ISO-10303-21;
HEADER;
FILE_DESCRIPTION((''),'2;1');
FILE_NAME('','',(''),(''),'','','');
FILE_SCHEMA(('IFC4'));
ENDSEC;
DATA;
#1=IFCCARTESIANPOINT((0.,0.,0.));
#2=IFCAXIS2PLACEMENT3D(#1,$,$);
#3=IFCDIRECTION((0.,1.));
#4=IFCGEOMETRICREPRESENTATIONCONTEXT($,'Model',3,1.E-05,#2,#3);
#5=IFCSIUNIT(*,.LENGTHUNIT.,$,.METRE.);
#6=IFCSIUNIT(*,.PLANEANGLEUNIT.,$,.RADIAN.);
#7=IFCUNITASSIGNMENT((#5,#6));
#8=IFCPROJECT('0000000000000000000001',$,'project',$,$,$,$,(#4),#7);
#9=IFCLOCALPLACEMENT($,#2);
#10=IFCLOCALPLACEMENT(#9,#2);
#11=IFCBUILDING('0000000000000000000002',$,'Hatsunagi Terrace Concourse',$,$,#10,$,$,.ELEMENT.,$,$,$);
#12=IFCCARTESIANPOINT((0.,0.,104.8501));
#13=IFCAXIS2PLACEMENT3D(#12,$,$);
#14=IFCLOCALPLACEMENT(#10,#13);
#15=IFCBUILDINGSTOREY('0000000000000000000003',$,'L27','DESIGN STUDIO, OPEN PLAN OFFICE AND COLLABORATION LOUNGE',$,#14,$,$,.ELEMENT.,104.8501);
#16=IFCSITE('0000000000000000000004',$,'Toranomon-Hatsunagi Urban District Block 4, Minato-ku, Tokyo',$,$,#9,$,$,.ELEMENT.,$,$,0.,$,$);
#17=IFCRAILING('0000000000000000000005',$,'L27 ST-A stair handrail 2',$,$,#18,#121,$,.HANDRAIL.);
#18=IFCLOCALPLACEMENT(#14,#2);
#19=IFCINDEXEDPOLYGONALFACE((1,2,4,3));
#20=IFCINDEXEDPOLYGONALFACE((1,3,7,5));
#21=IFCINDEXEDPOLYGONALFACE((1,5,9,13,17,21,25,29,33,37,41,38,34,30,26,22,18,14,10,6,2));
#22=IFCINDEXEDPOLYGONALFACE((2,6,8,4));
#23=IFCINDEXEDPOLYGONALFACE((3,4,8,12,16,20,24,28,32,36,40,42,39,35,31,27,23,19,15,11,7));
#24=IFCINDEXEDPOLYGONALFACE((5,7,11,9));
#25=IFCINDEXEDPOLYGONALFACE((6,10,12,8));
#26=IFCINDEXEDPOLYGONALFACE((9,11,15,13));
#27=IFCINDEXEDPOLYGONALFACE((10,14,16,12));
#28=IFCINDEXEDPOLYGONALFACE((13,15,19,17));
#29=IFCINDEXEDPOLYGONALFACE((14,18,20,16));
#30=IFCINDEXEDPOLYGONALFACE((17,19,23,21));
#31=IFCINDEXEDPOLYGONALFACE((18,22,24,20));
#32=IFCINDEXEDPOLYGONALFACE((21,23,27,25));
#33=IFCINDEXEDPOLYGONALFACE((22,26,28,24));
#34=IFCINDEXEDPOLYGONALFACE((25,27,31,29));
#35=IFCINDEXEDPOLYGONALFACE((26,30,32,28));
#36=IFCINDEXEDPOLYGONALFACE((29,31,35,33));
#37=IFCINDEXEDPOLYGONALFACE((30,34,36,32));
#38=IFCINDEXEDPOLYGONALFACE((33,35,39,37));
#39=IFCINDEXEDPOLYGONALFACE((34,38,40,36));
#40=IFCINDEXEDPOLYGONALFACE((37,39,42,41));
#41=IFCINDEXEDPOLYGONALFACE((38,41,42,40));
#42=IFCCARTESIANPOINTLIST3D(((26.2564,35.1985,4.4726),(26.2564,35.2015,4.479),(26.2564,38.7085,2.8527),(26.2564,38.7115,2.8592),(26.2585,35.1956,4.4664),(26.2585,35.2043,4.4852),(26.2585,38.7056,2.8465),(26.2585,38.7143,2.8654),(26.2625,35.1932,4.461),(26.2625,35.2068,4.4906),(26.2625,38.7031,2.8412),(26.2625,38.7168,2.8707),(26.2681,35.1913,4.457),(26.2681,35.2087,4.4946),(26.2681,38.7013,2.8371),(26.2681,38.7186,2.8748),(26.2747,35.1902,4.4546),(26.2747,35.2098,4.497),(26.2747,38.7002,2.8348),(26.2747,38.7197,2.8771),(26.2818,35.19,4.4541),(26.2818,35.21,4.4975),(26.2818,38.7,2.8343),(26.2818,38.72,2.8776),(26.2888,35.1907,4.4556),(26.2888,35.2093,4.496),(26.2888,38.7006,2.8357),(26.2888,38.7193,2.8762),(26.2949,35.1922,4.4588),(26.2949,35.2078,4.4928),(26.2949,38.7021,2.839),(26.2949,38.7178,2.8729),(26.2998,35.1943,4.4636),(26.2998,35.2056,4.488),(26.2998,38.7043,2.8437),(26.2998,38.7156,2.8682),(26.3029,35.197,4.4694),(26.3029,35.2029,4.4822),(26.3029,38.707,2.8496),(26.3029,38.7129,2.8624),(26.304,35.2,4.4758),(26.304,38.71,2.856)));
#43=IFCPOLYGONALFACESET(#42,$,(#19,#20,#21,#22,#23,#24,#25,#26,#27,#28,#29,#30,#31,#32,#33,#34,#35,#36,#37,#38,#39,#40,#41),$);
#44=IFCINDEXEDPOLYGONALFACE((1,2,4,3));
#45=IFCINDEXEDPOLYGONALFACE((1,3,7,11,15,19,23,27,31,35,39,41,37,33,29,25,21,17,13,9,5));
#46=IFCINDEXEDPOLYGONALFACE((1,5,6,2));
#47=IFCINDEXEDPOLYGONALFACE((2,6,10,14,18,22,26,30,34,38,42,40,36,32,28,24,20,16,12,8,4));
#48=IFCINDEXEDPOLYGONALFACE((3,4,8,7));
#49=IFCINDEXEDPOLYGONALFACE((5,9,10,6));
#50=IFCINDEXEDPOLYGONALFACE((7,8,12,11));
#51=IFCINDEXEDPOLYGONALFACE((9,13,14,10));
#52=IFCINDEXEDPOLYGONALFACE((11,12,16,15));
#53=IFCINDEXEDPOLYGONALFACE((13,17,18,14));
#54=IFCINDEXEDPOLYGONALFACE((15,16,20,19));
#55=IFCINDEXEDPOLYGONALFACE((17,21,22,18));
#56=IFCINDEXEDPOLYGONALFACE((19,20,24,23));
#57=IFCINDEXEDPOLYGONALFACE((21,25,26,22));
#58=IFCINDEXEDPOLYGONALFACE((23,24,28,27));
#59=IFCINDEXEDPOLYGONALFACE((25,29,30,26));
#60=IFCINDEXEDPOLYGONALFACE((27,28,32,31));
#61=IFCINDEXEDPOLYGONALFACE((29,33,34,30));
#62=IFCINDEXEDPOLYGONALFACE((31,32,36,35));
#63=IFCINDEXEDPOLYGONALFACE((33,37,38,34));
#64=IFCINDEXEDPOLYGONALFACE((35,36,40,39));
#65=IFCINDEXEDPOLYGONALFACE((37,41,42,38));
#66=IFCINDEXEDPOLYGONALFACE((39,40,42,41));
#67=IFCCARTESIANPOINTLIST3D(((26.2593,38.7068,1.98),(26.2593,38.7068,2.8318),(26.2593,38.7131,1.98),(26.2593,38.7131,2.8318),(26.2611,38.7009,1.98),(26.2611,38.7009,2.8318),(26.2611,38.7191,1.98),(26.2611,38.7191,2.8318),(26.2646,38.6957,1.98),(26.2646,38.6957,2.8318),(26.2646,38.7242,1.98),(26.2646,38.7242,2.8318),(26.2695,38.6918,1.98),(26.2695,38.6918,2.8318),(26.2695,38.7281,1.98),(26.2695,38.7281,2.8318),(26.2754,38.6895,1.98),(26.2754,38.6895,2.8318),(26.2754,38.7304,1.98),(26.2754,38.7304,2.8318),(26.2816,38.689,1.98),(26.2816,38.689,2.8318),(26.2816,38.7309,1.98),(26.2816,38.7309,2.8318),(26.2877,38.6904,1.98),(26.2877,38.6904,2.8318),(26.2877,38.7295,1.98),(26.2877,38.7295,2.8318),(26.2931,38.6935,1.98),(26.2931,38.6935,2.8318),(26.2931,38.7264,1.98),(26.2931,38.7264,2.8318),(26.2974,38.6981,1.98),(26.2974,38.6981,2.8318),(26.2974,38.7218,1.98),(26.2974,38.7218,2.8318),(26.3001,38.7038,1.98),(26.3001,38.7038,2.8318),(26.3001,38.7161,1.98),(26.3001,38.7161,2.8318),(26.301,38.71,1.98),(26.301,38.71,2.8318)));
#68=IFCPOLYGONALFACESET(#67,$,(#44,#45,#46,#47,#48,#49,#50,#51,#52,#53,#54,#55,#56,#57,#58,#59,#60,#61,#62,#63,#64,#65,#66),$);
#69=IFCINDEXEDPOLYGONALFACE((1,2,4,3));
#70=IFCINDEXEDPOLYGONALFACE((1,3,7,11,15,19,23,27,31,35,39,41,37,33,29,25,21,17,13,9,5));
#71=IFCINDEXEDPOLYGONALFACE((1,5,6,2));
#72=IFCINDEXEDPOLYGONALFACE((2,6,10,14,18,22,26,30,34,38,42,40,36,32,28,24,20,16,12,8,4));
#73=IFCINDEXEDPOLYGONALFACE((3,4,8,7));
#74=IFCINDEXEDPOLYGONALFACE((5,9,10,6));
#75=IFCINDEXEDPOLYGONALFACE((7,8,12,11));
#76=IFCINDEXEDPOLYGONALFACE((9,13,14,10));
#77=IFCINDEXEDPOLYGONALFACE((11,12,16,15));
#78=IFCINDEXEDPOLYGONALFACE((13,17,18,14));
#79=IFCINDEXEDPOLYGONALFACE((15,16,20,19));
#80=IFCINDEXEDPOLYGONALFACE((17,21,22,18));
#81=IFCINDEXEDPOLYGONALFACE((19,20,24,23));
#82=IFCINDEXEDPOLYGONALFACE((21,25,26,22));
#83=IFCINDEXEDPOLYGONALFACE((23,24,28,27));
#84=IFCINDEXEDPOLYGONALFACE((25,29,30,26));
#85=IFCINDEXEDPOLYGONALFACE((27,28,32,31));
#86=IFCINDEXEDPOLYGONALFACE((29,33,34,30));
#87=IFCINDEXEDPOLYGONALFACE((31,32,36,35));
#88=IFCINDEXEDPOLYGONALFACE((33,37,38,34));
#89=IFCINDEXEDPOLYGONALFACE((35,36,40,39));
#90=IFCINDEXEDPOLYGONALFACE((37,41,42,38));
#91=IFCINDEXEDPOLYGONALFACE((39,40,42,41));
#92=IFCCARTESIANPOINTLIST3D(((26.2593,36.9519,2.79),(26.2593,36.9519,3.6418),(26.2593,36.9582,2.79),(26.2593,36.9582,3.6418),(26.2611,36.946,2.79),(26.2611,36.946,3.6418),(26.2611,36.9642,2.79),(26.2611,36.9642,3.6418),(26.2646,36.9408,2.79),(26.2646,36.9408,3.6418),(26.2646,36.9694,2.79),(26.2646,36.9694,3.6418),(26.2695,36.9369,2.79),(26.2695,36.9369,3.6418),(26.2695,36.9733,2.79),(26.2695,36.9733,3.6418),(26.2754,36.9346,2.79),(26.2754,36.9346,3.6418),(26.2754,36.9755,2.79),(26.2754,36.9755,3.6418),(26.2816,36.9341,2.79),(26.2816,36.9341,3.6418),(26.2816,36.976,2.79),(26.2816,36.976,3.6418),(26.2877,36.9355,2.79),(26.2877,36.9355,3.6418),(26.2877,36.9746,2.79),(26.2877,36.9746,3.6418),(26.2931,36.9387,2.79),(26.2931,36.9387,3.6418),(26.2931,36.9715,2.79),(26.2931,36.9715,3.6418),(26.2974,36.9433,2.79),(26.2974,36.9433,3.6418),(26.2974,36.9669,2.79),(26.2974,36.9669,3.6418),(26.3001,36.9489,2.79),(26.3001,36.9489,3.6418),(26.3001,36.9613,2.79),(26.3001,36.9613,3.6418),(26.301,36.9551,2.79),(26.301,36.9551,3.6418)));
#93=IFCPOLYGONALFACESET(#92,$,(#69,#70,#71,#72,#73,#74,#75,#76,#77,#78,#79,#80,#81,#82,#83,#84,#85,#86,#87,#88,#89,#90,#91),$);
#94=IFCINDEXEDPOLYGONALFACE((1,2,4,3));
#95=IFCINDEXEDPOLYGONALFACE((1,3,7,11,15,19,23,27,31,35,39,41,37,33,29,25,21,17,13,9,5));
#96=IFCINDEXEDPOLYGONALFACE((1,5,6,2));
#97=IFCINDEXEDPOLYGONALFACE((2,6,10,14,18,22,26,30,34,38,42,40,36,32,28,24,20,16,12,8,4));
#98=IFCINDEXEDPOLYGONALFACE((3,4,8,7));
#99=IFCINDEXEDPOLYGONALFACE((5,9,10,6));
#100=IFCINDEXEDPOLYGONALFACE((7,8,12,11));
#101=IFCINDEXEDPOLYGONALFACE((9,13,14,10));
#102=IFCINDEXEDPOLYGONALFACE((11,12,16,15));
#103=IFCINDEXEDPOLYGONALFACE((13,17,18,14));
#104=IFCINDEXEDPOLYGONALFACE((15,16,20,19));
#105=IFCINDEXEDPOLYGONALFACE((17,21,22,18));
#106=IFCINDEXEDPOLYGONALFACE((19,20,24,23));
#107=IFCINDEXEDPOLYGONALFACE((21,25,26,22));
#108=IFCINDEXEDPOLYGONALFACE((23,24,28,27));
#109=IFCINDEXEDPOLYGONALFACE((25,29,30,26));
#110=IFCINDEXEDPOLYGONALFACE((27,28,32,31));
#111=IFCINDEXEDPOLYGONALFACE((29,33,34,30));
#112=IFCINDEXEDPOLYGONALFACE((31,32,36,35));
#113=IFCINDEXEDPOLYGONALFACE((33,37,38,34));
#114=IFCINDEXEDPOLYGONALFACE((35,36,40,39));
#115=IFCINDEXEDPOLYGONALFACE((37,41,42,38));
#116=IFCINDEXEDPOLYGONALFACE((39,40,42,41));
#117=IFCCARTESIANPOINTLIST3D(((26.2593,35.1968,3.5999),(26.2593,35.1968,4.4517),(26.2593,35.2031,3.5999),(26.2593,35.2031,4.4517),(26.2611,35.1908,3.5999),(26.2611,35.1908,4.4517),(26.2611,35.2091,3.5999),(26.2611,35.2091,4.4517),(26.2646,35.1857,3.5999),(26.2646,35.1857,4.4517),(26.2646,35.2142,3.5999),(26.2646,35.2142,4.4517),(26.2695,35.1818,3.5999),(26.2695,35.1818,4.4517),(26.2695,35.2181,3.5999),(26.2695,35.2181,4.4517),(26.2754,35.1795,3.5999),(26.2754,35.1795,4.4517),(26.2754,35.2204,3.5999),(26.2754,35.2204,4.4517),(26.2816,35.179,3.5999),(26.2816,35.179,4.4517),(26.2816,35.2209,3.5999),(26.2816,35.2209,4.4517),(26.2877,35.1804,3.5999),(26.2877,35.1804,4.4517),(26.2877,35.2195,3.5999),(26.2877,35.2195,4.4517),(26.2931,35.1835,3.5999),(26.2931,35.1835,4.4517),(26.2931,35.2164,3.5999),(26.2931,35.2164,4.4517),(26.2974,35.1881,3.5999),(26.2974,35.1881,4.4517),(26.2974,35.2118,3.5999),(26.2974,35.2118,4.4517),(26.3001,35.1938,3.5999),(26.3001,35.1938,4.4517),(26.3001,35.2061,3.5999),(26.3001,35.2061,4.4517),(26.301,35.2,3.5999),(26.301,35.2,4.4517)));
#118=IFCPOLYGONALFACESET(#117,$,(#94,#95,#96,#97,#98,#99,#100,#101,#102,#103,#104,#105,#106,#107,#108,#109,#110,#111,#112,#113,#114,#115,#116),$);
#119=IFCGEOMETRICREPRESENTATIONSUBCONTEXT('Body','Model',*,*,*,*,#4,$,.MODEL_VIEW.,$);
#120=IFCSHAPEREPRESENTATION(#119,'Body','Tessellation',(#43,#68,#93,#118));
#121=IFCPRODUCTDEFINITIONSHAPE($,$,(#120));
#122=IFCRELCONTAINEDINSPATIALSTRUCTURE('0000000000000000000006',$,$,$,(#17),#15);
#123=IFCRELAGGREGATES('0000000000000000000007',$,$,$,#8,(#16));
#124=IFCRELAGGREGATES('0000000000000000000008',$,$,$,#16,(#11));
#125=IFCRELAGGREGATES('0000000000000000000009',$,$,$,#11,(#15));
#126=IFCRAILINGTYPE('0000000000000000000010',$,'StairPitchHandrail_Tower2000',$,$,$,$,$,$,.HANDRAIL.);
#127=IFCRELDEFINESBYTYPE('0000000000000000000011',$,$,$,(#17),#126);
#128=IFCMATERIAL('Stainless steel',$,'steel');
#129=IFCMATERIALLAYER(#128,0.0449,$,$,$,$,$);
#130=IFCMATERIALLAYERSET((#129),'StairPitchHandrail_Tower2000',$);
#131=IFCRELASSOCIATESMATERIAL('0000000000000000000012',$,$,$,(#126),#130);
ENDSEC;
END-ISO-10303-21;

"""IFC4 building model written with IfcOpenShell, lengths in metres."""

from ifc_helpers import new_model, si_unit, direction, frame, origin, origin_2d, place, context, subcontext, project, spatial, circle, extrude, material, layer, layer_set, type_object, element, save


model = new_model("IFC4")

# Units and contexts
model_context = context("Model", 3, precision=1e-05, world=origin(), true_north=direction((0.0, 1.0)))
body_context = subcontext(model_context, "Body", "Model", "MODEL_VIEW")
ifc_project = project(units=[si_unit("LENGTHUNIT", "METRE"), si_unit("PLANEANGLEUNIT", "RADIAN")], contexts=[model_context])

# Site, building, storey
site_placement = place(None, origin())
site = spatial("IfcSite", under=ifc_project, at=site_placement, Name="Toranomon-Hatsunagi Urban District Block 4, Minato-ku, Tokyo", CompositionType="ELEMENT", RefElevation=0.0)
building_placement = place(site_placement, origin())
building = spatial("IfcBuilding", under=site, at=building_placement, Name="Hatsunagi Terrace Concourse", CompositionType="ELEMENT")
storey_placement = place(building_placement, frame((0.0, 0.0, 104.8501)))
storey = spatial("IfcBuildingStorey", under=building, at=storey_placement, Name="L27", Description="DESIGN STUDIO, OPEN PLAN OFFICE AND COLLABORATION LOUNGE", CompositionType="ELEMENT", Elevation=104.8501)

# Railing
ifc_material_1 = material(Name="Stainless steel", Category="steel")
ifc_layer_1 = layer(ifc_material_1, 0.0449)
ifc_layer_set_1 = layer_set([ifc_layer_1], Name="StairPitchHandrail_Tower2000")
railing_type_1 = type_object("IfcRailingType", Name="StairPitchHandrail_Tower2000", PredefinedType="HANDRAIL", material=ifc_layer_set_1)
railing_1_placement = place(storey_placement, frame((26.28, 38.71, 1.98)))
element("IfcRailing", 1, at=railing_1_placement, inside=storey, type_object=railing_type_1, Name="L27 ST-A stair handrail 2", PredefinedType="HANDRAIL", context=body_context, shape_type="SweptSolid", body=[
    extrude(circle(Radius=0.0239, at=origin_2d()), frame((0.0, 0.0, 0.876), z_axis=(0.0, -0.907972, 0.41903), x_axis=(1.0, 0.0, 0.0)), (0.0, 0.0, 1.0), 3.8657),
    extrude(circle(Radius=0.021, at=origin_2d()), origin(), (0.0, 0.0, 1.0), 0.8518),
    extrude(circle(Radius=0.021, at=origin_2d()), frame((0.0, -1.7549, 0.8101)), (0.0, 0.0, 1.0), 0.8518),
    extrude(circle(Radius=0.021, at=origin_2d()), frame((0.0, -3.51, 1.6199)), (0.0, 0.0, 1.0), 0.8518),
])

save(model, "model.ifc")
